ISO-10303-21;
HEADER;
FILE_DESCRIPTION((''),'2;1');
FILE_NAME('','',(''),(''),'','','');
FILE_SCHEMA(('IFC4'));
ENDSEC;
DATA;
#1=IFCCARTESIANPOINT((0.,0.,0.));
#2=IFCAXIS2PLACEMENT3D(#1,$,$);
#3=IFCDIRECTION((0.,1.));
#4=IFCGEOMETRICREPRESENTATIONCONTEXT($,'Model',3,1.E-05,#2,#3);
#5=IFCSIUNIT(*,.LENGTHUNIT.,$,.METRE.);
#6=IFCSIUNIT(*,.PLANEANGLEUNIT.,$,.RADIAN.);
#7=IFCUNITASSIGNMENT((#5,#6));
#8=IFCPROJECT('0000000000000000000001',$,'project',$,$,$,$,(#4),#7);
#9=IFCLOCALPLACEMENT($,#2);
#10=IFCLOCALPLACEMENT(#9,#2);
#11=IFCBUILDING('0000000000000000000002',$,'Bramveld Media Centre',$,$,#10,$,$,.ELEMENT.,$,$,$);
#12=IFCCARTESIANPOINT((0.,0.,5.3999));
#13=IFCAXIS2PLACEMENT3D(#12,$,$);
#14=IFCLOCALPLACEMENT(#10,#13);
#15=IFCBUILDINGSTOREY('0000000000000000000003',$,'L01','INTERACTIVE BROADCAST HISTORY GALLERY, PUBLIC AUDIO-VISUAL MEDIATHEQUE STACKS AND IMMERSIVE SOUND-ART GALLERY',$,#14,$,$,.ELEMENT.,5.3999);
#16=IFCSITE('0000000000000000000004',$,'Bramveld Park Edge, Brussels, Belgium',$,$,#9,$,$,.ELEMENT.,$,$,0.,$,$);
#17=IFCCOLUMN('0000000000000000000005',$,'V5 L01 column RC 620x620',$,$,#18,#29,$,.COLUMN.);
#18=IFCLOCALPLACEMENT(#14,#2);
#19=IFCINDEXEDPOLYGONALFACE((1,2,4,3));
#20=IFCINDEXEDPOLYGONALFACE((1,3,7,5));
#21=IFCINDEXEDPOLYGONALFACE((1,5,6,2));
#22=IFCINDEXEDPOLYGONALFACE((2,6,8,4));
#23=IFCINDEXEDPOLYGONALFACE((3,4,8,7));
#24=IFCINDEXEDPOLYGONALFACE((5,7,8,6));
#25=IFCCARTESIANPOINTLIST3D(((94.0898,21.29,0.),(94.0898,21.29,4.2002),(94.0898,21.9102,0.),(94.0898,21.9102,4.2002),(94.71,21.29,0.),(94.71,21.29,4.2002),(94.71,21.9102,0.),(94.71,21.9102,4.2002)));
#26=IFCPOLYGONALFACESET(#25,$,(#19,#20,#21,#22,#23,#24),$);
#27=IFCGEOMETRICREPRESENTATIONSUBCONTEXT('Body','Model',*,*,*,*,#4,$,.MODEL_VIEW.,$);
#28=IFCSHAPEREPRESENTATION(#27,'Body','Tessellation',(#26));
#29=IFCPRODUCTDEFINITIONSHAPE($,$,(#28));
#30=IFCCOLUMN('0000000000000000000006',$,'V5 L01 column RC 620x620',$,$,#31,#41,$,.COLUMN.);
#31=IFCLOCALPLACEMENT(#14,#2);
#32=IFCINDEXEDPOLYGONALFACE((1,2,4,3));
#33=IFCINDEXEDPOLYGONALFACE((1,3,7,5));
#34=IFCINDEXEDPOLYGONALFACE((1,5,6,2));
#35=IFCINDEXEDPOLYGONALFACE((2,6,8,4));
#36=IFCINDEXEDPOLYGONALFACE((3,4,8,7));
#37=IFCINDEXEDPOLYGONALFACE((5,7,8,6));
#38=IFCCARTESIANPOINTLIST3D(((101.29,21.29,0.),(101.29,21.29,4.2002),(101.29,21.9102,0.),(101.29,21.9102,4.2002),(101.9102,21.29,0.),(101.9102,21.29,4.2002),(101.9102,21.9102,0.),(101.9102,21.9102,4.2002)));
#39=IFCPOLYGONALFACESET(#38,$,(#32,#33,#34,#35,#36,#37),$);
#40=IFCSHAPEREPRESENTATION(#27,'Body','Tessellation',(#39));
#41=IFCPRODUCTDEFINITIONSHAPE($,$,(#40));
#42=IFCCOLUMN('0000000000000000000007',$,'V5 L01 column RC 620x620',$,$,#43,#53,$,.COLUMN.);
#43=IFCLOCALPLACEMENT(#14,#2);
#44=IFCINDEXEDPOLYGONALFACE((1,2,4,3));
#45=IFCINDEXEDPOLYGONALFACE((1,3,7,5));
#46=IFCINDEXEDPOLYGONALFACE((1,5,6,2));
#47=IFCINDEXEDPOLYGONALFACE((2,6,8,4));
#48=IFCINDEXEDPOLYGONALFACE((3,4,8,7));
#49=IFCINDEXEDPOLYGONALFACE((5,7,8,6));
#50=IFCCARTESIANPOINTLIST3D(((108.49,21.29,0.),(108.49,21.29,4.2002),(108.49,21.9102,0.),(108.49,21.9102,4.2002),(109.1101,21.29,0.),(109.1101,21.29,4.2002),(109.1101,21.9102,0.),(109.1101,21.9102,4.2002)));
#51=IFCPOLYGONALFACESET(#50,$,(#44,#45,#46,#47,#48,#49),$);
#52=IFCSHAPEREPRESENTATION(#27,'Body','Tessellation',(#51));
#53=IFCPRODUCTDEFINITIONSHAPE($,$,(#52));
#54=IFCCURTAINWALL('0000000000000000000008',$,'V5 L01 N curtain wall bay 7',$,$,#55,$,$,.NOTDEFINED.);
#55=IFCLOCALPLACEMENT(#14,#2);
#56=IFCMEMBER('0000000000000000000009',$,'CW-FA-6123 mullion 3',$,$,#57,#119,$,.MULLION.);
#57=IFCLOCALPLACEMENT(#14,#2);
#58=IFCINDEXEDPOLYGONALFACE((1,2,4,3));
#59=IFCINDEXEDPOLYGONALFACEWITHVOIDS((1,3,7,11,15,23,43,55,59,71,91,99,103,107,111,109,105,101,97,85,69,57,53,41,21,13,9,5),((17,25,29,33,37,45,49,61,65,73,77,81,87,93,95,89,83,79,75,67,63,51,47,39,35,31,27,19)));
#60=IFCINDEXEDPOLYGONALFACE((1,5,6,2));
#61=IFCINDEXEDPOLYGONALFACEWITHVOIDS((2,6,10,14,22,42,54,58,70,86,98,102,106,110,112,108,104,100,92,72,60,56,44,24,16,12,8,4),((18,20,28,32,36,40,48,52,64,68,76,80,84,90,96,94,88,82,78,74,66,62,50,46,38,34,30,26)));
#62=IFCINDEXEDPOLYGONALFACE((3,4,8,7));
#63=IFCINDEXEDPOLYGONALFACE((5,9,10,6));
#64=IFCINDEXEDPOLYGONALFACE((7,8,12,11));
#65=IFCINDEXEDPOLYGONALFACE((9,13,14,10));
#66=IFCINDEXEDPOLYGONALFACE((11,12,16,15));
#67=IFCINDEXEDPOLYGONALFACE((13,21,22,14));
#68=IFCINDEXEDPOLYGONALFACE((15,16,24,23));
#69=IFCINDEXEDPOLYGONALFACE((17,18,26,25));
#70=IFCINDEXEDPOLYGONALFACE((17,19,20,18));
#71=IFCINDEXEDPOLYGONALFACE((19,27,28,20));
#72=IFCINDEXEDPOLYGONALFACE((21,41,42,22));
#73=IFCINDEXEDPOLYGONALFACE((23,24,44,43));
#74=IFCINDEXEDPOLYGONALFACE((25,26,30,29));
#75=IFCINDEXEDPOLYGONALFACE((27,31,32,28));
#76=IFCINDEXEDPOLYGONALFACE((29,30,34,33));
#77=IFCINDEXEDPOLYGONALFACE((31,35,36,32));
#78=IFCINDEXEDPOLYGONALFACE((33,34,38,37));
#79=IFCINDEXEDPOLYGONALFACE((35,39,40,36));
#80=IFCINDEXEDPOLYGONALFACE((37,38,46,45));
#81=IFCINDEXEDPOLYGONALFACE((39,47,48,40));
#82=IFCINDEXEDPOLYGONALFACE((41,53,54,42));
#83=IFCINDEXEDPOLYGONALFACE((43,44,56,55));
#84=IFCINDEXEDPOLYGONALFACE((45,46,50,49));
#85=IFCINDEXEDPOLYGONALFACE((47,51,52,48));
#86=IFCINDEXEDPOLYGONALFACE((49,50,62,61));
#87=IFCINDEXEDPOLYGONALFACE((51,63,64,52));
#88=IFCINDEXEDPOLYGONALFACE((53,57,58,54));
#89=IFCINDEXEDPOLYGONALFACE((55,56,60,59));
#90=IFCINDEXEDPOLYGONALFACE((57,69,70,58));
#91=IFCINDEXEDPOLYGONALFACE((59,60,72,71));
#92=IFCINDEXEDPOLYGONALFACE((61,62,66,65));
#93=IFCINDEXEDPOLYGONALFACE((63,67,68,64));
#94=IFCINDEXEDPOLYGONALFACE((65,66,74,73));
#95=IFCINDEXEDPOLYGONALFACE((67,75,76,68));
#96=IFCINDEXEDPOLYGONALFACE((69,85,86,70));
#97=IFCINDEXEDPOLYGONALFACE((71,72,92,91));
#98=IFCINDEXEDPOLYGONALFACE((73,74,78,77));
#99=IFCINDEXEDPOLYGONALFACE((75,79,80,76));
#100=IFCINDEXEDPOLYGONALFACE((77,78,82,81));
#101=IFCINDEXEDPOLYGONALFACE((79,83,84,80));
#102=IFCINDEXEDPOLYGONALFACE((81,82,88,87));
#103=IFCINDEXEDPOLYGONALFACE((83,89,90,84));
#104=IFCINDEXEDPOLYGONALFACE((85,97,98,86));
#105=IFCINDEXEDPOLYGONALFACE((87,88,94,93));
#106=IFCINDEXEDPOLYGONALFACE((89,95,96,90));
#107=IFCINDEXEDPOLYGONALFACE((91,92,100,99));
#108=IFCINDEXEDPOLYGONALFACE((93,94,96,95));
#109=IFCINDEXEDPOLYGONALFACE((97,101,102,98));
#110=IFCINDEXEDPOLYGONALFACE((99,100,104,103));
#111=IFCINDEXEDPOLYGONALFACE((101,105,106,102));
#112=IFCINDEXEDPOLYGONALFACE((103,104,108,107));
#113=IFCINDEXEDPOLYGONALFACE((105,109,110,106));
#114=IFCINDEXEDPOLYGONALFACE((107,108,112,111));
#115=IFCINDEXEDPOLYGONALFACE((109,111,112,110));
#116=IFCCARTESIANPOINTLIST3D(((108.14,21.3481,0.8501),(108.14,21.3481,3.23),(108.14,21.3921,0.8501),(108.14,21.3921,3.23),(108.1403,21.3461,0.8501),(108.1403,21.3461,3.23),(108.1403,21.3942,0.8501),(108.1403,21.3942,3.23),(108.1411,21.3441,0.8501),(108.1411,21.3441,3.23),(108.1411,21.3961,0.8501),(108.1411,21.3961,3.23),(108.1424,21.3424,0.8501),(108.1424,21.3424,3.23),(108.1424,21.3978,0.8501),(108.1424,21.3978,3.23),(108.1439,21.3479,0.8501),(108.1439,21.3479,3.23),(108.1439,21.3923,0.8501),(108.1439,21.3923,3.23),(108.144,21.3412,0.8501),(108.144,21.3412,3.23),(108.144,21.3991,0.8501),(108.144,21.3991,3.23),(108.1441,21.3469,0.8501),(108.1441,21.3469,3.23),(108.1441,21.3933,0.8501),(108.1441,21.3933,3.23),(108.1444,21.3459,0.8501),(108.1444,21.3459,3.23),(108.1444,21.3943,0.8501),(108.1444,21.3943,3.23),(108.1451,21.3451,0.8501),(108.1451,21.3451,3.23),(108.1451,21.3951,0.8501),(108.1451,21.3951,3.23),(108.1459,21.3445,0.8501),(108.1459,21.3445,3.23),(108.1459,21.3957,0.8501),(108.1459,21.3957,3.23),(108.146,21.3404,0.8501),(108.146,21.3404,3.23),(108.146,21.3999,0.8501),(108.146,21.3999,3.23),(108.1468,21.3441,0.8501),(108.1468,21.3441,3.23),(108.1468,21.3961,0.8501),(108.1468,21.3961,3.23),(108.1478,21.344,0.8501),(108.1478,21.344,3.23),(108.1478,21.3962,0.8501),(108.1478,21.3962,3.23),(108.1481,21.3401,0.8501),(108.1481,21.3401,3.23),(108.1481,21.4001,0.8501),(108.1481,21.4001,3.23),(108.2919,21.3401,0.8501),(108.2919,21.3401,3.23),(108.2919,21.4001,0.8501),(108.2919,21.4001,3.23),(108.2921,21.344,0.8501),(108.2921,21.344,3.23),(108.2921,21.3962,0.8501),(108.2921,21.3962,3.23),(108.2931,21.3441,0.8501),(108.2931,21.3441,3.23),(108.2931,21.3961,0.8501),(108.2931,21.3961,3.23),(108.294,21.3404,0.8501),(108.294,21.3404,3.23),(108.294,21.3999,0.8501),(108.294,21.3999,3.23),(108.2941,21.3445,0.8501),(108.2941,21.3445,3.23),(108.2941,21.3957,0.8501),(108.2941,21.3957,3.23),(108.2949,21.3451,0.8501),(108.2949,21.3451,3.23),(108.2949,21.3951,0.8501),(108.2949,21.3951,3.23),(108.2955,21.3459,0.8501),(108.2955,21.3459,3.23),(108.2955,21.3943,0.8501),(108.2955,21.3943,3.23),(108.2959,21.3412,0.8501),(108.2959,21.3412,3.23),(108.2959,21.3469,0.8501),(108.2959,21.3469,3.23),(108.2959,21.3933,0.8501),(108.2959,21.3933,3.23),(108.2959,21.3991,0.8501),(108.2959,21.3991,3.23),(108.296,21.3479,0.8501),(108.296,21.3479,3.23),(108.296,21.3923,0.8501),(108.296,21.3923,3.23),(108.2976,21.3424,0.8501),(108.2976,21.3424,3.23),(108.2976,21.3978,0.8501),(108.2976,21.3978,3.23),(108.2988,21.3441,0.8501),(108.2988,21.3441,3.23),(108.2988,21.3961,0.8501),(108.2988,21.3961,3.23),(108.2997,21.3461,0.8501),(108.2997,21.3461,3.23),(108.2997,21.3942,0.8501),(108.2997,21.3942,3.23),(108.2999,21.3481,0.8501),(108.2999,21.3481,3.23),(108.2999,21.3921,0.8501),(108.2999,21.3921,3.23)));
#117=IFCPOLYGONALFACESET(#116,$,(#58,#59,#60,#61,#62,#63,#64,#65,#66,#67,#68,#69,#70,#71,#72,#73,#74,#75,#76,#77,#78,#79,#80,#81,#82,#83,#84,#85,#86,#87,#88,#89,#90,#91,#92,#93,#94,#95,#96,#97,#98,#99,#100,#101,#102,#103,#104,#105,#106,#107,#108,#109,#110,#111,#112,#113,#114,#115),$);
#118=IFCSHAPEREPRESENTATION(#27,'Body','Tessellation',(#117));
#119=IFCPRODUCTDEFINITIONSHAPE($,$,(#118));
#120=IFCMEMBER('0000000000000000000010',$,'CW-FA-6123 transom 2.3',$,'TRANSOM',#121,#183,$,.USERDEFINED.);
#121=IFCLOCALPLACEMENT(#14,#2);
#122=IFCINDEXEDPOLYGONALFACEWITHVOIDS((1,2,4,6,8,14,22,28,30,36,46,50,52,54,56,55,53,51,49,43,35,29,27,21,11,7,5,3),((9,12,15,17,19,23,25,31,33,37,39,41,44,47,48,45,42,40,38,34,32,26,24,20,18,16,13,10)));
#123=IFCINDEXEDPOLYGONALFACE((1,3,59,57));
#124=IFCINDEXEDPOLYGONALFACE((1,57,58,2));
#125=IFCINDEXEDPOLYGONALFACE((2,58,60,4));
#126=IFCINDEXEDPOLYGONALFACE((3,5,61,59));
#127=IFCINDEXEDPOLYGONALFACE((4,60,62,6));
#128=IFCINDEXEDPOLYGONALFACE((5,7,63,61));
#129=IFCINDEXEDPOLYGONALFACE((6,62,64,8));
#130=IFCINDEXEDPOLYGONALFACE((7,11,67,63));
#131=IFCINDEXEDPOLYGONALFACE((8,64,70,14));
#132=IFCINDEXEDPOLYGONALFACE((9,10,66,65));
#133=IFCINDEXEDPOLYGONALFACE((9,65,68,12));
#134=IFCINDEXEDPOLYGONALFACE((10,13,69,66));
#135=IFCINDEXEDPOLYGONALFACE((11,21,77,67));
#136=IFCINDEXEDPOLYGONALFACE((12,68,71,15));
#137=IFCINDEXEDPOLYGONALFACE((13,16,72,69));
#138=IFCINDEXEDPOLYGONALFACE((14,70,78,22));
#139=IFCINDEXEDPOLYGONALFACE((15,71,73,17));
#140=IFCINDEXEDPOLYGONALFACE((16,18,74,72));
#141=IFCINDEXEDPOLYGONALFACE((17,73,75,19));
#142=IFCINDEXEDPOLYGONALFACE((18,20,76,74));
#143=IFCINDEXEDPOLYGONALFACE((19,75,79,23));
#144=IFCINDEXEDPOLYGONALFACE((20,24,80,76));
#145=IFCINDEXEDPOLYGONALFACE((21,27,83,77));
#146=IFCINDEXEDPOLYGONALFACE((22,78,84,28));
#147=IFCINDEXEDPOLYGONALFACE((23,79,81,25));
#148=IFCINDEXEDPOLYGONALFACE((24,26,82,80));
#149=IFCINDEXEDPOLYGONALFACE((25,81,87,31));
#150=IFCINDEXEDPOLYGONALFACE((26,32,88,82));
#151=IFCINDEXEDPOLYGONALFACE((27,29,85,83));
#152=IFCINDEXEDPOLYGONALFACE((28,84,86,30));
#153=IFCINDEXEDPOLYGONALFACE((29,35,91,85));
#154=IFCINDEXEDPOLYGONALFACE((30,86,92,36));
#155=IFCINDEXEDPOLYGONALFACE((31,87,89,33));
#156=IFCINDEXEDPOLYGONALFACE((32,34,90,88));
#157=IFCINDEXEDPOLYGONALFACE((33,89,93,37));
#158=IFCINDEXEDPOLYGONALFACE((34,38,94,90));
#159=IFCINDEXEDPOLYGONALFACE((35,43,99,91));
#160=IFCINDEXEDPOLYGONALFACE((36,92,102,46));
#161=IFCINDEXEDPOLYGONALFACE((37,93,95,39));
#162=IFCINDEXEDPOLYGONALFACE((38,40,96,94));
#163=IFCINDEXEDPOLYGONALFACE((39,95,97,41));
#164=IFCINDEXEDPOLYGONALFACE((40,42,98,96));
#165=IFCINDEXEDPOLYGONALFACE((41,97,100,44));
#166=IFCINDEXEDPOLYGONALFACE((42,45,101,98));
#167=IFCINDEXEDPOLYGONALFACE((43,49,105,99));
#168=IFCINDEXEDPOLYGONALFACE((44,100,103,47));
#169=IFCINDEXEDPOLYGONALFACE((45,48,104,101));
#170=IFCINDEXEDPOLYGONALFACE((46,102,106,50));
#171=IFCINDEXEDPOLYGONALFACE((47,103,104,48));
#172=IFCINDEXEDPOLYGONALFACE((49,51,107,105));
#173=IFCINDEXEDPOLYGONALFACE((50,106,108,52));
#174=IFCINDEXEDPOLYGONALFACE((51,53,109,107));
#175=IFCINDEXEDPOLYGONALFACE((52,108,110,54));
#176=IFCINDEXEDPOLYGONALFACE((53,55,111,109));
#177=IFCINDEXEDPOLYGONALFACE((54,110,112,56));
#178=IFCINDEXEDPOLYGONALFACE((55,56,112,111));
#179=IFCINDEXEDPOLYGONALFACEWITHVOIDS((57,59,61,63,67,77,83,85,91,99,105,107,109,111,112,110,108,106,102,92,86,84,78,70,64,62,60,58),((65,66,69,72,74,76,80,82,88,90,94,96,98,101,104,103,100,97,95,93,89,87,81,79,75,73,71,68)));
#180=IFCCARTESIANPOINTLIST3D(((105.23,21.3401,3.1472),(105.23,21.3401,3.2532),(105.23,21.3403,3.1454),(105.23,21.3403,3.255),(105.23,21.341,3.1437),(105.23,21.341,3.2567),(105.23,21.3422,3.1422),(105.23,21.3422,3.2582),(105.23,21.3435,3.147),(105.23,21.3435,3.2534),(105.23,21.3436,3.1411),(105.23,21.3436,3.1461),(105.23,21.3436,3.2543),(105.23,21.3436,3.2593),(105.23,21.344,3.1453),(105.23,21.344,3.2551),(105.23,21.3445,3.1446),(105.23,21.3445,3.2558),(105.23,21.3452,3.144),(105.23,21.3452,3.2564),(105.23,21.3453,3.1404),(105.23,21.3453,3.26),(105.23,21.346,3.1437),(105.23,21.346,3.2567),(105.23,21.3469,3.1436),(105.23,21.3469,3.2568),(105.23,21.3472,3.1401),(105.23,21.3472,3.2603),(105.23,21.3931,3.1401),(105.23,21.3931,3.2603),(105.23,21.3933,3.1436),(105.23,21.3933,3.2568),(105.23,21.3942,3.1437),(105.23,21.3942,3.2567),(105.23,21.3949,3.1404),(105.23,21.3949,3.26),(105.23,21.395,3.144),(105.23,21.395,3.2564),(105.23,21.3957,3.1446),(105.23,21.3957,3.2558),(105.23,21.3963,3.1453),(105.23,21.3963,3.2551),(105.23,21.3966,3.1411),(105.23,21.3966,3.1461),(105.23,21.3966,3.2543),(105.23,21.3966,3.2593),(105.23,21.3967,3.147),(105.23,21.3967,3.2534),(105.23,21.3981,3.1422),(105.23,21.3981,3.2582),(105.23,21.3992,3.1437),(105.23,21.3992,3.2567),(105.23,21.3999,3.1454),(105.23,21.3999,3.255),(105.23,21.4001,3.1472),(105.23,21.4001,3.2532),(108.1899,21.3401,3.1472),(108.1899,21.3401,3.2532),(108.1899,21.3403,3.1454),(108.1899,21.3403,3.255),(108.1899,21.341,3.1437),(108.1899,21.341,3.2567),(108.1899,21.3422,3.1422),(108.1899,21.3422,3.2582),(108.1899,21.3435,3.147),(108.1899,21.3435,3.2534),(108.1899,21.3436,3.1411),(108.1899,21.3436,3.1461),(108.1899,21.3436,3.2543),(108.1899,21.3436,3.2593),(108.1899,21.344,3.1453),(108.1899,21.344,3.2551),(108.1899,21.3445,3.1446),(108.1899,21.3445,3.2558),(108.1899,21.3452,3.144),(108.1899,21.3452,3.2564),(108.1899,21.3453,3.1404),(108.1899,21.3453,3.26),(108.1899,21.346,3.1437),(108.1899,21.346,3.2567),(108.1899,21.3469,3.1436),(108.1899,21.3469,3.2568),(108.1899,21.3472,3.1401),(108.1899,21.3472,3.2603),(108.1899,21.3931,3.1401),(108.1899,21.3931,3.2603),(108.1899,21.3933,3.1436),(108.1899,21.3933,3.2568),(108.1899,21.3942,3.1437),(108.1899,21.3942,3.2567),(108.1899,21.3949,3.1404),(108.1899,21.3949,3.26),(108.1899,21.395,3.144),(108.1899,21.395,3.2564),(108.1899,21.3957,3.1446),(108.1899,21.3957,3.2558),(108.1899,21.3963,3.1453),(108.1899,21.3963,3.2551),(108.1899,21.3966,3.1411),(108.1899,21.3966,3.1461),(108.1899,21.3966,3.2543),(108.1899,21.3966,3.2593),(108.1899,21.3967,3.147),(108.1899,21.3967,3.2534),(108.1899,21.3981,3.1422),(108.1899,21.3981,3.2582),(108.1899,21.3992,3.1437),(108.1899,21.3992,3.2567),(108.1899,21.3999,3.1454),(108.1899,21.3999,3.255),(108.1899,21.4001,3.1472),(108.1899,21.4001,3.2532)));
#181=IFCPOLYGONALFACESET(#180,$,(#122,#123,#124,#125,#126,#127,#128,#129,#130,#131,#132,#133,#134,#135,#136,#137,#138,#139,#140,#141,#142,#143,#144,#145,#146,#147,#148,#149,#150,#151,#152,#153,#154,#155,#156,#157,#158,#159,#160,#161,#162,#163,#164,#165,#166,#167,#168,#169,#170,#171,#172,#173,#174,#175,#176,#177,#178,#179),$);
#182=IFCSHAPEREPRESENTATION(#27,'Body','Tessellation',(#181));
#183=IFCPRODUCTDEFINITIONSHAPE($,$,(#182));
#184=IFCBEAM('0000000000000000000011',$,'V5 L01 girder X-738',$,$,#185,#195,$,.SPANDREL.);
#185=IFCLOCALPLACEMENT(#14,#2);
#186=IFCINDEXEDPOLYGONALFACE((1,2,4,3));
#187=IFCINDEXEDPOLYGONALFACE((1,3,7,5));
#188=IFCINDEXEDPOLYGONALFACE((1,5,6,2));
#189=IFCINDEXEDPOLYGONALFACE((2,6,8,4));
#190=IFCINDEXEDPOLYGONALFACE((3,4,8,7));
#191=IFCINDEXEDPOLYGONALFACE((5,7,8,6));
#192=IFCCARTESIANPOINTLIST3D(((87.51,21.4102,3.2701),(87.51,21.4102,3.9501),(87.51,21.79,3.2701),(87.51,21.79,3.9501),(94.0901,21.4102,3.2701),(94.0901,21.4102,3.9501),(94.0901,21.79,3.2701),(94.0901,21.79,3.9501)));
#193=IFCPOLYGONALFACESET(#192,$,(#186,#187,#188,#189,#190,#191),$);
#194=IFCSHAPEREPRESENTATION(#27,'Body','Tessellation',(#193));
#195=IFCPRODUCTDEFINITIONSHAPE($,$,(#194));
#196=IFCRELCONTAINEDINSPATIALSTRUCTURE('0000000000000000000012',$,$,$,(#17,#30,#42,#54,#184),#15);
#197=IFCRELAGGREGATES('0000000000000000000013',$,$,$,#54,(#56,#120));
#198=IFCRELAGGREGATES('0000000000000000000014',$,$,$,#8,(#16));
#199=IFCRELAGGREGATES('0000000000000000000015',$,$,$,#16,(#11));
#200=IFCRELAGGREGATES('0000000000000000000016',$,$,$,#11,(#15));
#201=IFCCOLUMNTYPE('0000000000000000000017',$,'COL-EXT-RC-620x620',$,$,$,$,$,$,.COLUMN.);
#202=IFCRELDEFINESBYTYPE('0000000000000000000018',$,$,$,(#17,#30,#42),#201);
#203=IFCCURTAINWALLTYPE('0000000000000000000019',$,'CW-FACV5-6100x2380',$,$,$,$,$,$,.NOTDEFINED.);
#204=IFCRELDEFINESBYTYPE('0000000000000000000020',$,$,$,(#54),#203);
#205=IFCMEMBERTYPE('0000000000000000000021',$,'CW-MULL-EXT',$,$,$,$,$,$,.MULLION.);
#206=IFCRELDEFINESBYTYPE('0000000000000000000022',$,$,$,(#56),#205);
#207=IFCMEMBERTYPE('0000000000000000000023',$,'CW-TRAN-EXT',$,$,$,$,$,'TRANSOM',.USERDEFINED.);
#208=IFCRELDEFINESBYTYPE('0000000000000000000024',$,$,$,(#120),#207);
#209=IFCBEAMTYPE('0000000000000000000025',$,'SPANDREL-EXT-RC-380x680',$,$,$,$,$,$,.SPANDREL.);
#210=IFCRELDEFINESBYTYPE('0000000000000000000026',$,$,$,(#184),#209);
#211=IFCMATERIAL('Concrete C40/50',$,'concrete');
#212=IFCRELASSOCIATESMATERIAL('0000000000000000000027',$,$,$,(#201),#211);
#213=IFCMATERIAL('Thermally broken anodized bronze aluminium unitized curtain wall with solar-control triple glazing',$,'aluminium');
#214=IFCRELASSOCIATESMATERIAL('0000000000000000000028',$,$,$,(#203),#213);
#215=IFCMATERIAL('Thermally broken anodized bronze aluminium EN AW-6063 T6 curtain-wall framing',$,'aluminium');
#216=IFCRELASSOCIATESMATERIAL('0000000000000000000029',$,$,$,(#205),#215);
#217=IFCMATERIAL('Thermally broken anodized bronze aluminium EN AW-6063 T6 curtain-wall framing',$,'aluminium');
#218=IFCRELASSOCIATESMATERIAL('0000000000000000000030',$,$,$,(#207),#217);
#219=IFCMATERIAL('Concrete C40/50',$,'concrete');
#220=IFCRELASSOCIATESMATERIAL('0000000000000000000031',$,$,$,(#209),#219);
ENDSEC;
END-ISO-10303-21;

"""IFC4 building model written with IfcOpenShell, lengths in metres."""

from ifc_helpers import new_model, si_unit, direction, frame, origin, origin_2d, place, context, subcontext, project, spatial, rectangle, hollow_rectangle, extrude, material, material_profile, profile_set, type_object, element, aggregate, save


model = new_model("IFC4")

# Units and contexts
model_context = context("Model", 3, precision=1e-05, world=origin(), true_north=direction((0.0, 1.0)))
body_context = subcontext(model_context, "Body", "Model", "MODEL_VIEW")
ifc_project = project(units=[si_unit("LENGTHUNIT", "METRE"), si_unit("PLANEANGLEUNIT", "RADIAN")], contexts=[model_context])

# Site, building, storey
site_placement = place(None, origin())
site = spatial("IfcSite", under=ifc_project, at=site_placement, Name="Bramveld Park Edge, Brussels, Belgium", CompositionType="ELEMENT", RefElevation=0.0)
building_placement = place(site_placement, origin())
building = spatial("IfcBuilding", under=site, at=building_placement, Name="Bramveld Media Centre", CompositionType="ELEMENT")
storey_placement = place(building_placement, frame((0.0, 0.0, 5.3999)))
storey = spatial("IfcBuildingStorey", under=building, at=storey_placement, Name="L01", Description="INTERACTIVE BROADCAST HISTORY GALLERY, PUBLIC AUDIO-VISUAL MEDIATHEQUE STACKS AND IMMERSIVE SOUND-ART GALLERY", CompositionType="ELEMENT", Elevation=5.3999)

# Columns
ifc_material_1 = material(Name="Concrete C40/50", Category="concrete")
ifc_material_profile_1 = material_profile(ifc_material_1, rectangle(XDim=0.6201, YDim=0.6201, at=origin_2d()), Name="RC 620x620")
ifc_profile_set_1 = profile_set([ifc_material_profile_1], Name="Concrete C40/50")
column_type = type_object("IfcColumnType", Name="COL-EXT-RC-620x620", PredefinedType="COLUMN", material=ifc_profile_set_1)
for number, where, z_axis, x_axis, name in (
    (1, (94.3999, 21.6001, 0.0), (0.0, 0.0, 1.0), (1.0, 0.0, 0.0), "V5 L01 column RC 620x620"),
    (2, (101.6001, 21.6001, 0.0), (0.0, 0.0, 1.0), (1.0, 0.0, 0.0), "V5 L01 column RC 620x620"),
    (3, (108.8, 21.6001, 0.0), (0.0, 0.0, 1.0), (1.0, 0.0, 0.0), "V5 L01 column RC 620x620"),
):
    element("IfcColumn", number, at=place(storey_placement, frame(where, z_axis=z_axis, x_axis=x_axis)), inside=storey, type_object=column_type, Name=name, PredefinedType="COLUMN", context=body_context, shape_type="SweptSolid", body=[
        extrude(rectangle(XDim=0.6201, YDim=0.6201, at=origin_2d()), origin(), (0.0, 0.0, 1.0), 4.2002),
    ])

# Curtain wall, members
ifc_material_2 = material(Name="Thermally broken anodized bronze aluminium unitized curtain wall with solar-control triple glazing", Category="aluminium")
curtain_wall_type = type_object("IfcCurtainWallType", Name="CW-FACV5-6100x2380", PredefinedType="NOTDEFINED", material=ifc_material_2)
curtain_wall_placement = place(storey_placement, origin())
curtain_wall = element("IfcCurtainWall", 4, at=curtain_wall_placement, inside=storey, type_object=curtain_wall_type, Name="V5 L01 N curtain wall bay 7", PredefinedType="NOTDEFINED")
ifc_material_3 = material(Name="Thermally broken anodized bronze aluminium EN AW-6063 T6 curtain-wall framing", Category="aluminium")
ifc_material_profile_2 = material_profile(ifc_material_3, hollow_rectangle(XDim=0.0601, YDim=0.1599, WallThickness=0.0039, InnerFilletRadius=0.0039, OuterFilletRadius=0.0081, at=origin_2d()), Name="AL-MULL 60x160")
ifc_profile_set_2 = profile_set([ifc_material_profile_2], Name="Thermally broken anodized bronze aluminium EN AW-6063 T6 curtain-wall framing")
member_type_1 = type_object("IfcMemberType", Name="CW-MULL-EXT", PredefinedType="MULLION", material=ifc_profile_set_2)
member_1_placement = place(storey_placement, frame((108.22, 21.3701, 0.8501), z_axis=(0.0, 0.0, 1.0), x_axis=(0.0, 1.0, 0.0)))
member_1 = element("IfcMember", 5, at=member_1_placement, type_object=member_type_1, Name="CW-FA-6123 mullion 3", PredefinedType="MULLION", context=body_context, shape_type="SweptSolid", body=[
    extrude(hollow_rectangle(XDim=0.0601, YDim=0.1599, WallThickness=0.0039, InnerFilletRadius=0.0039, OuterFilletRadius=0.0081, at=origin_2d()), origin(), (0.0, 0.0, 1.0), 2.3799),
])
ifc_material_4 = material(Name="Thermally broken anodized bronze aluminium EN AW-6063 T6 curtain-wall framing", Category="aluminium")
ifc_material_profile_3 = material_profile(ifc_material_4, hollow_rectangle(XDim=0.0601, YDim=0.1201, WallThickness=0.0034, InnerFilletRadius=0.0034, OuterFilletRadius=0.0071, at=origin_2d()), Name="AL-TRAN 60x120")
ifc_profile_set_3 = profile_set([ifc_material_profile_3], Name="Thermally broken anodized bronze aluminium EN AW-6063 T6 curtain-wall framing")
member_type_2 = type_object("IfcMemberType", Name="CW-TRAN-EXT", ElementType="TRANSOM", PredefinedType="USERDEFINED", material=ifc_profile_set_3)
member_2_placement = place(storey_placement, frame((105.23, 21.3701, 3.2002), z_axis=(1.0, 0.0, 0.0), x_axis=(0.0, 1.0, 0.0)))
member_2 = element("IfcMember", 6, at=member_2_placement, type_object=member_type_2, Name="CW-FA-6123 transom 2.3", ObjectType="TRANSOM", PredefinedType="USERDEFINED", context=body_context, shape_type="SweptSolid", body=[
    extrude(hollow_rectangle(XDim=0.0601, YDim=0.1201, WallThickness=0.0034, InnerFilletRadius=0.0034, OuterFilletRadius=0.0071, at=origin_2d()), origin(), (0.0, 0.0, 1.0), 2.96),
])

# Beam
ifc_material_5 = material(Name="Concrete C40/50", Category="concrete")
ifc_material_profile_4 = material_profile(ifc_material_5, rectangle(XDim=0.3799, YDim=0.6799, at=origin_2d()), Name="RC 380x680")
ifc_profile_set_4 = profile_set([ifc_material_profile_4], Name="Concrete C40/50")
beam_type = type_object("IfcBeamType", Name="SPANDREL-EXT-RC-380x680", PredefinedType="SPANDREL", material=ifc_profile_set_4)
for number, where, z_axis, x_axis, name in (
    (7, (87.51, 21.6001, 3.6101), (1.0, 0.0, 0.0), (0.0, 1.0, 0.0), "V5 L01 girder X-738"),
):
    element("IfcBeam", number, at=place(storey_placement, frame(where, z_axis=z_axis, x_axis=x_axis)), inside=storey, type_object=beam_type, Name=name, PredefinedType="SPANDREL", context=body_context, shape_type="SweptSolid", body=[
        extrude(rectangle(XDim=0.3799, YDim=0.6799, at=origin_2d()), origin(), (0.0, 0.0, 1.0), 6.5801),
    ])

aggregate(curtain_wall, [member_1, member_2])

save(model, "model.ifc")
